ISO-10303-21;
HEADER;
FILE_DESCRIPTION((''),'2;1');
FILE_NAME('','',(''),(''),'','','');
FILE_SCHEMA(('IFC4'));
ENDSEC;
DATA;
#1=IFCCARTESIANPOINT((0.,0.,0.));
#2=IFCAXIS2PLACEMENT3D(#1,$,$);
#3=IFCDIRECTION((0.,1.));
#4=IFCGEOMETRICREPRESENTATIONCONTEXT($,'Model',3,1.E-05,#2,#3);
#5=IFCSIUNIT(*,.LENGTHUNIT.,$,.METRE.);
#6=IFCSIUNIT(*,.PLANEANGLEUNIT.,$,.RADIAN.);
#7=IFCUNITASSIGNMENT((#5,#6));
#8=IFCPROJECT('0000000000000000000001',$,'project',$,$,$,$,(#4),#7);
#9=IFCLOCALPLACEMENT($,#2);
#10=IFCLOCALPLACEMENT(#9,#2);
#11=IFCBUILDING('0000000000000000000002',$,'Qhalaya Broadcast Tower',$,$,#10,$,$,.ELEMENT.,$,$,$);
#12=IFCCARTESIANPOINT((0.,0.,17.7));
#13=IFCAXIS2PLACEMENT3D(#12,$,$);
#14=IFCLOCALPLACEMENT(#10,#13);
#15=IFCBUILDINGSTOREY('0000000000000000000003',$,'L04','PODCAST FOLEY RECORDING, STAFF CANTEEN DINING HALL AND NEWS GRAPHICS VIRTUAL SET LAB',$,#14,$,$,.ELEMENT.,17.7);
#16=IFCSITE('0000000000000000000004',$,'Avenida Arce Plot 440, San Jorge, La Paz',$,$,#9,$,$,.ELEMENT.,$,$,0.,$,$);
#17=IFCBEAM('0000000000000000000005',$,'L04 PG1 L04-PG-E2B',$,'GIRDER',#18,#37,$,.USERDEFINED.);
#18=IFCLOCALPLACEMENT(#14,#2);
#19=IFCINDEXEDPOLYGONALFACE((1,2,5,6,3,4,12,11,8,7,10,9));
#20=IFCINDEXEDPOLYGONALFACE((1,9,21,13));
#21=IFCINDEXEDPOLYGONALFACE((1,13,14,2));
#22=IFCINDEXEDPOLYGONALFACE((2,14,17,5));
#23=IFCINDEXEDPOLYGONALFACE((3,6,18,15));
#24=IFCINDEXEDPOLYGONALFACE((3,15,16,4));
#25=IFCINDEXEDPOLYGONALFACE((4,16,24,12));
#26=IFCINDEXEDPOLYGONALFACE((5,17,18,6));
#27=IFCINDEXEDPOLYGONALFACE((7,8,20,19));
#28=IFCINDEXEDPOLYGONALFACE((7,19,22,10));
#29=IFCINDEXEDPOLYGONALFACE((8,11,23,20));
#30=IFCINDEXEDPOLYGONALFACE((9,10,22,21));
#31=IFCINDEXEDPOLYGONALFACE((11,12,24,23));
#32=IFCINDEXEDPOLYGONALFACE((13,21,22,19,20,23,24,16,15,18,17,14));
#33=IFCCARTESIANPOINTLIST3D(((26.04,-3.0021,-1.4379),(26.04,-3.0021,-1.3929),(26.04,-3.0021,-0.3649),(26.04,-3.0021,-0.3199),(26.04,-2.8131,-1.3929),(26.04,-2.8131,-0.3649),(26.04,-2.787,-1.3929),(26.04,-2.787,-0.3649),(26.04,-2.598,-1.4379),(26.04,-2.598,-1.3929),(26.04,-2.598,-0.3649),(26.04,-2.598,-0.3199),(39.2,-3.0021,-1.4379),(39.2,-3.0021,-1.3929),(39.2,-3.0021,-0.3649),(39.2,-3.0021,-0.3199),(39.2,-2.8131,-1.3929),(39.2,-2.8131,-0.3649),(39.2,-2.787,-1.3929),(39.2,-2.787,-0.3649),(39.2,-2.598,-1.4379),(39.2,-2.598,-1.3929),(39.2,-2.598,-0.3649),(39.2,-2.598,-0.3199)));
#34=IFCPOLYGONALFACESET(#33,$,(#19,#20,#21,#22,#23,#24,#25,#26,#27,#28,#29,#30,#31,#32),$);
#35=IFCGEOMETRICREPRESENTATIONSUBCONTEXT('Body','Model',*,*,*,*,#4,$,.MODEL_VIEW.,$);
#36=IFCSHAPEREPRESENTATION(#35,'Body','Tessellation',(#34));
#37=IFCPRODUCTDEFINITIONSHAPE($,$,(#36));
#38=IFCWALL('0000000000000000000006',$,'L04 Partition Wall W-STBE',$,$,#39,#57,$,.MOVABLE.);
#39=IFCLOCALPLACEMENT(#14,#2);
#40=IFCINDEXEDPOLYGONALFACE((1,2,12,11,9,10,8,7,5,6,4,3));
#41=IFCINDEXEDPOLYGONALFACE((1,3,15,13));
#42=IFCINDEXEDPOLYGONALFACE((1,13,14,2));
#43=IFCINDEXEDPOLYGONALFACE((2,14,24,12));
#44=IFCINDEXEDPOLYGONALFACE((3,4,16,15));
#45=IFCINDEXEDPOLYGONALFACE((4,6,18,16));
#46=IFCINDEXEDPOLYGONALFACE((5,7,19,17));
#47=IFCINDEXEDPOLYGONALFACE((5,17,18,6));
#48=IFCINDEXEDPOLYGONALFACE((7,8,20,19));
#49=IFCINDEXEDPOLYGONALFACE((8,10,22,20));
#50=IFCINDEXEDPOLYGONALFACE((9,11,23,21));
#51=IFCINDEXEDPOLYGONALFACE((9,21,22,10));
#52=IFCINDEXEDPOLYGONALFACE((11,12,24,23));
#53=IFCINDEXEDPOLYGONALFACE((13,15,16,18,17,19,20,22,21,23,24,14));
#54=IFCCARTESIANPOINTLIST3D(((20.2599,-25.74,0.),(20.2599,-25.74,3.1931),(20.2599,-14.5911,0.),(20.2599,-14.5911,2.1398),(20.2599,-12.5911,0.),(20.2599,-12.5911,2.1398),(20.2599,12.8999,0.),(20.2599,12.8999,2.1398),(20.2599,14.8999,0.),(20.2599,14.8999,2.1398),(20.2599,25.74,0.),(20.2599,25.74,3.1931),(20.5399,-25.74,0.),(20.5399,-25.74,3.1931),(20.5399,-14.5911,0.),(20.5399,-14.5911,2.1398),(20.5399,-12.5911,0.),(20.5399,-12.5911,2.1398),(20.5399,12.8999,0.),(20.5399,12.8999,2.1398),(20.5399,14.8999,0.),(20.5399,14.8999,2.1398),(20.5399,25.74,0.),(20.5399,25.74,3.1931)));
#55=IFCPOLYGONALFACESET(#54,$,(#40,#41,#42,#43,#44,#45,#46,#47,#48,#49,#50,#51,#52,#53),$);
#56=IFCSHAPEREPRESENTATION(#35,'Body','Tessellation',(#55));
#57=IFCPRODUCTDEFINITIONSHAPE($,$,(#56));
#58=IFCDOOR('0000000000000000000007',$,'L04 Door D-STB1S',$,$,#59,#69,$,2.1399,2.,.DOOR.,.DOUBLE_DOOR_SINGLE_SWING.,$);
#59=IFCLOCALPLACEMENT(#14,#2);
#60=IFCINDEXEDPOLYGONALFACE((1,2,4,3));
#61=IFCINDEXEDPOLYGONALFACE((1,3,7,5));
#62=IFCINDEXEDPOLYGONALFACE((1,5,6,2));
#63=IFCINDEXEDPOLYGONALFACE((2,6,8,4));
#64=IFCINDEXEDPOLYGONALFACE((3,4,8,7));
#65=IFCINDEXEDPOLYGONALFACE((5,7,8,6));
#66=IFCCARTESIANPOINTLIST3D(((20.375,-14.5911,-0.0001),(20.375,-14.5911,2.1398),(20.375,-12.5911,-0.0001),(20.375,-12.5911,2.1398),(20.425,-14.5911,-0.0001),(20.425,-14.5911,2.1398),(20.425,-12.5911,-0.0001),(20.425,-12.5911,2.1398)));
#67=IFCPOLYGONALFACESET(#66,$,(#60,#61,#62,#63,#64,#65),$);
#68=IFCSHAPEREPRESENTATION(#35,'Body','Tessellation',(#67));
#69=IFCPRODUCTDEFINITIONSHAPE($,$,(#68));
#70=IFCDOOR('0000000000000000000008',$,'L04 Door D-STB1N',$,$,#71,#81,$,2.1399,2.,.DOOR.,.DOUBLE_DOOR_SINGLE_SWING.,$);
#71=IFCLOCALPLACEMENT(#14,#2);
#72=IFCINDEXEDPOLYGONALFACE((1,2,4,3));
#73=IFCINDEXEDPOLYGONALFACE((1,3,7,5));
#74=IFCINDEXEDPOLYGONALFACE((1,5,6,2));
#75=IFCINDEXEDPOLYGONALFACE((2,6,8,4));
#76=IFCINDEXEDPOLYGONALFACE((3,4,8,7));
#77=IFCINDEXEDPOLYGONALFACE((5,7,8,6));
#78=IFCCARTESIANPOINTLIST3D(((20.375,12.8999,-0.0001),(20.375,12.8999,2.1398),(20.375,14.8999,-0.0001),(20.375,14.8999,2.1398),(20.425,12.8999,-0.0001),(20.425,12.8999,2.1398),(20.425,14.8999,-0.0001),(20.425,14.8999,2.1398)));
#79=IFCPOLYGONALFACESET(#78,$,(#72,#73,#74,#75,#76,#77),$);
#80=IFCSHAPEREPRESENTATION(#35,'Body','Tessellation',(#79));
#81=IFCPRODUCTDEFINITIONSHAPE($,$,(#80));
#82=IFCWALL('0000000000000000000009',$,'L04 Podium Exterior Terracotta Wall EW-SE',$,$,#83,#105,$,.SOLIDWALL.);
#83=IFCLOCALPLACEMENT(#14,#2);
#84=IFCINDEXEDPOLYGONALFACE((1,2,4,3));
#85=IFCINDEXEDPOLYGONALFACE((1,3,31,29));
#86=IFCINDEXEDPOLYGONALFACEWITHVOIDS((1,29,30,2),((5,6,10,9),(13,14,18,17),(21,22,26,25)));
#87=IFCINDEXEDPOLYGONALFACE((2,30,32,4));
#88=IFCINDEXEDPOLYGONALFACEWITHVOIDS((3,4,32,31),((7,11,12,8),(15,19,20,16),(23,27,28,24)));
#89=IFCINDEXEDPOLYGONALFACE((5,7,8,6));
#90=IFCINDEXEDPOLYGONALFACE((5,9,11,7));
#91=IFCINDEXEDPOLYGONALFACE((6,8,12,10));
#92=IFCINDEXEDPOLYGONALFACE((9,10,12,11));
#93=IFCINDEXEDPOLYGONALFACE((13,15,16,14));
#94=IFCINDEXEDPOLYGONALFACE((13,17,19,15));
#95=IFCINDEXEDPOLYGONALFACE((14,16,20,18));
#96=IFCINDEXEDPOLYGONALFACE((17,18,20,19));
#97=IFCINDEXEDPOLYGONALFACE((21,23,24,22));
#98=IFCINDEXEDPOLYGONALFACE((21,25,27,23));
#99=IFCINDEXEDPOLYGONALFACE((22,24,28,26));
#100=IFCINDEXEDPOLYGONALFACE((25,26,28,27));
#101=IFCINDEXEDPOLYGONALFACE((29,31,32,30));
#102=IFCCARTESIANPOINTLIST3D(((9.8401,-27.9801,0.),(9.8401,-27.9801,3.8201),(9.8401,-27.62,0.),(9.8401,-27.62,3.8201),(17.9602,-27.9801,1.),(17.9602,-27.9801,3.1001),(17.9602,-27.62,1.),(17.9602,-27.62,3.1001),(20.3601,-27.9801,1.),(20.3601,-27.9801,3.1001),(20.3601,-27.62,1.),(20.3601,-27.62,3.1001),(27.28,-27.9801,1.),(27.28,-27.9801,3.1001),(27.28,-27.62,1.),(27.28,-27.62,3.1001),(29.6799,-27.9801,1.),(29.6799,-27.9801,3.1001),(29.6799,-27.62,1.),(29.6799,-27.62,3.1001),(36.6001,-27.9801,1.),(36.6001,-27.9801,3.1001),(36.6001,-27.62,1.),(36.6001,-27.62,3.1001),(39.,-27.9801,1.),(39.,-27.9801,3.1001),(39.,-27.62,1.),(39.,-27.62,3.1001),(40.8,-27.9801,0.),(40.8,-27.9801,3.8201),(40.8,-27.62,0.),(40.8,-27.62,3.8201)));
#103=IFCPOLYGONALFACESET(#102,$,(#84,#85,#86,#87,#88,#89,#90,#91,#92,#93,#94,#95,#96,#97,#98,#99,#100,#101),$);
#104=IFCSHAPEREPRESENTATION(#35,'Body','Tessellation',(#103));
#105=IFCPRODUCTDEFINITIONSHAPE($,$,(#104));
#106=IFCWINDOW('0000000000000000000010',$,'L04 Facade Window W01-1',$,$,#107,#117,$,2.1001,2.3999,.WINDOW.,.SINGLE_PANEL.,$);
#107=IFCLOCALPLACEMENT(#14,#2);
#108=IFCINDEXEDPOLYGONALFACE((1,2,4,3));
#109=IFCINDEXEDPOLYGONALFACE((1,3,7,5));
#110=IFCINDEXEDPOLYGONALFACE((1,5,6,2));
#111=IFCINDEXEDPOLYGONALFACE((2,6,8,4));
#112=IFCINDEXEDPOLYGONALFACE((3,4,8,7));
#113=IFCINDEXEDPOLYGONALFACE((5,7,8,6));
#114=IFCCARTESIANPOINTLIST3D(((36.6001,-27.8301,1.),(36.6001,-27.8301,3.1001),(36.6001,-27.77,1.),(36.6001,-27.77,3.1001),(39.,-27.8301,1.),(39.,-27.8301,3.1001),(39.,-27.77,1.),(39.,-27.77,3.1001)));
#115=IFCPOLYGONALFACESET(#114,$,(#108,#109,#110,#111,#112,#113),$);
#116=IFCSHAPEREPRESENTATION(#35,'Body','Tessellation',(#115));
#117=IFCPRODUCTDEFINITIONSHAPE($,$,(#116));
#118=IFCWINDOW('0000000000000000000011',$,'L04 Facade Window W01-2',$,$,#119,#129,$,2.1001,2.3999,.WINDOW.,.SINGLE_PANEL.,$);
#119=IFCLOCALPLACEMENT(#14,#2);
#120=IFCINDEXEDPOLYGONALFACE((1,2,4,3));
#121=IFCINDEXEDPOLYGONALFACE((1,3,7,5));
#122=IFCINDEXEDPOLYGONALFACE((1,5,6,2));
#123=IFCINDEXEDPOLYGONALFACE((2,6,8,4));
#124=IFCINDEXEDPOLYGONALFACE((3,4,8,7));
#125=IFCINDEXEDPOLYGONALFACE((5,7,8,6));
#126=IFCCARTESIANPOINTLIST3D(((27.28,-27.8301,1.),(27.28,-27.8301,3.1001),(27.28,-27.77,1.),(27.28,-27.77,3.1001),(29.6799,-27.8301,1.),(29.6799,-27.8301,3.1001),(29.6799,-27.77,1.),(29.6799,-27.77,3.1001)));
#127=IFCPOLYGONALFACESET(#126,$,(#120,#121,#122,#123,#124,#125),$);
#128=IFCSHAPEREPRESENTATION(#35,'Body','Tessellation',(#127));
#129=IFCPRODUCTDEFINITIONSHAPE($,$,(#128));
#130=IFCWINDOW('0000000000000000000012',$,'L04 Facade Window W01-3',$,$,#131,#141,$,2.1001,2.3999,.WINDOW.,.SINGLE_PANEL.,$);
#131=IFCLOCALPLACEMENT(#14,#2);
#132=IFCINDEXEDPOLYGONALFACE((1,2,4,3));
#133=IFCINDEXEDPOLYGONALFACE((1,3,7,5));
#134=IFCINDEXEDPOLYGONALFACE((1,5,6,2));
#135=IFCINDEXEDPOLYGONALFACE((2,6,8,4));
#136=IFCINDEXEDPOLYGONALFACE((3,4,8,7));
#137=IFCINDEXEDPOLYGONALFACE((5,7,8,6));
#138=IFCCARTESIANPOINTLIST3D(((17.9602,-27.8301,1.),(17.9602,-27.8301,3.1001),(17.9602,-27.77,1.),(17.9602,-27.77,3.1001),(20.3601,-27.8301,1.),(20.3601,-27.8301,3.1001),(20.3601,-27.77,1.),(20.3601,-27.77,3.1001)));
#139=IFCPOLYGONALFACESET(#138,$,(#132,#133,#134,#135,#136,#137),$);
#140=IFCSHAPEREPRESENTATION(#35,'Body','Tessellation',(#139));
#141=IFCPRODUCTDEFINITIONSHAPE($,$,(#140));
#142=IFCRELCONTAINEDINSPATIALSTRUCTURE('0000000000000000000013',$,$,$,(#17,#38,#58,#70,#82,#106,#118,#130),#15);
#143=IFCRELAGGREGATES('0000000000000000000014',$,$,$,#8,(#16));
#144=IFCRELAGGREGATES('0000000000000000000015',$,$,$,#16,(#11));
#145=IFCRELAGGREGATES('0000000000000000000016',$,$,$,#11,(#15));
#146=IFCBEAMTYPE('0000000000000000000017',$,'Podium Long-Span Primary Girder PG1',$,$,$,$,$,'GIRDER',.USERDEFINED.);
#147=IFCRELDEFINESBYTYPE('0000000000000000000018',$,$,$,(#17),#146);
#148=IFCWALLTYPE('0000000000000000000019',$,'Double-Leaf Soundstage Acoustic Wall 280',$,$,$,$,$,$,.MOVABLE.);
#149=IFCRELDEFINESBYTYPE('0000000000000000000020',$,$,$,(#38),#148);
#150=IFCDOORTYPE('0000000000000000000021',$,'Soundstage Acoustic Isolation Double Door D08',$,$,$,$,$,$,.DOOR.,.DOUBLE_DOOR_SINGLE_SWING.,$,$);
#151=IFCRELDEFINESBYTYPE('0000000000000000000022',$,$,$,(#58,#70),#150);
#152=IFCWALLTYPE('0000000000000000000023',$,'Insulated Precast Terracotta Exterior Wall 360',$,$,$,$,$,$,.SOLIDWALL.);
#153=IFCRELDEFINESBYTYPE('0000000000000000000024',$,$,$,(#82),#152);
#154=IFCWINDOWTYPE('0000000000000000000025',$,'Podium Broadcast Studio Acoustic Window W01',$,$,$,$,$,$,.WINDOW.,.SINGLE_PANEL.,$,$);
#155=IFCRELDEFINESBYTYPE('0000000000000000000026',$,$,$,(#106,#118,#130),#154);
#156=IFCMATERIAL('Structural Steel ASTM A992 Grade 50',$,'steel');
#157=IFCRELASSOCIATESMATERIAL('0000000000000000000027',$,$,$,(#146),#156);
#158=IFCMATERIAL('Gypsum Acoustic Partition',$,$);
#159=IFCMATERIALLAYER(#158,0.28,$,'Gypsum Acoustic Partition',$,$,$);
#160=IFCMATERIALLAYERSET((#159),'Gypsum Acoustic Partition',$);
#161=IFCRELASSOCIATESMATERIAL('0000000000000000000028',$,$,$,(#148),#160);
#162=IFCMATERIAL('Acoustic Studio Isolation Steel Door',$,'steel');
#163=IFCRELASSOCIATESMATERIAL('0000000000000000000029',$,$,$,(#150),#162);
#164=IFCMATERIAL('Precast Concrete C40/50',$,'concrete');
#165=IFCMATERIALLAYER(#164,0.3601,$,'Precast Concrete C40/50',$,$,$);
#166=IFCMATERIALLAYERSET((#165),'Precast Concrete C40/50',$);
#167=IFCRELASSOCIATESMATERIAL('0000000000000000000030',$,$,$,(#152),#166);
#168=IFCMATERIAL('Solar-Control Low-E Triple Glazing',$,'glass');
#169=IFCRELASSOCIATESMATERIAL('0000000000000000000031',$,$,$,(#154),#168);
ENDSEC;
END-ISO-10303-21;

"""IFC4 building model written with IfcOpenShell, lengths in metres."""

from ifc_helpers import new_model, si_unit, direction, frame, frame_2d, origin, origin_2d, place, context, subcontext, project, spatial, rectangle, i_section, extrude, material, layer, layer_set, material_profile, profile_set, type_object, element, fill, save


model = new_model("IFC4")

# Units and contexts
model_context = context("Model", 3, precision=1e-05, world=origin(), true_north=direction((0.0, 1.0)))
body_context = subcontext(model_context, "Body", "Model", "MODEL_VIEW")
ifc_project = project(units=[si_unit("LENGTHUNIT", "METRE"), si_unit("PLANEANGLEUNIT", "RADIAN")], contexts=[model_context])

# Site, building, storey
site_placement = place(None, origin())
site = spatial("IfcSite", under=ifc_project, at=site_placement, Name="Avenida Arce Plot 440, San Jorge, La Paz", CompositionType="ELEMENT", RefElevation=0.0)
building_placement = place(site_placement, origin())
building = spatial("IfcBuilding", under=site, at=building_placement, Name="Qhalaya Broadcast Tower", CompositionType="ELEMENT")
storey_placement = place(building_placement, frame((0.0, 0.0, 17.7)))
storey = spatial("IfcBuildingStorey", under=building, at=storey_placement, Name="L04", Description="PODCAST FOLEY RECORDING, STAFF CANTEEN DINING HALL AND NEWS GRAPHICS VIRTUAL SET LAB", CompositionType="ELEMENT", Elevation=17.7)

# Beam
ifc_material_1 = material(Name="Structural Steel ASTM A992 Grade 50", Category="steel")
ifc_material_profile_1 = material_profile(ifc_material_1, i_section(OverallWidth=0.4041, OverallDepth=1.1179, WebThickness=0.0261, FlangeThickness=0.0449, at=origin_2d()), Name="W44X335")
ifc_profile_set_1 = profile_set([ifc_material_profile_1], Name="Structural Steel ASTM A992 Grade 50")
beam_type_1 = type_object("IfcBeamType", Name="Podium Long-Span Primary Girder PG1", ElementType="GIRDER", PredefinedType="USERDEFINED", material=ifc_profile_set_1)
for number, where, z_axis, x_axis, name in (
    (1, (26.04, -2.8, -0.8789), (1.0, 0.0, 0.0), (0.0, 1.0, 0.0), "L04 PG1 L04-PG-E2B"),
):
    element("IfcBeam", number, at=place(storey_placement, frame(where, z_axis=z_axis, x_axis=x_axis)), inside=storey, type_object=beam_type_1, Name=name, ObjectType="GIRDER", PredefinedType="USERDEFINED", context=body_context, shape_type="SweptSolid", body=[
        extrude(i_section(OverallWidth=0.4041, OverallDepth=1.1179, WebThickness=0.0261, FlangeThickness=0.0449, at=origin_2d()), origin(), (0.0, 0.0, 1.0), 13.1599),
    ])

# Wall, openings, doors
ifc_material_2 = material(Name="Gypsum Acoustic Partition")
ifc_layer_1 = layer(ifc_material_2, 0.28, Name="Gypsum Acoustic Partition")
ifc_layer_set_1 = layer_set([ifc_layer_1], Name="Gypsum Acoustic Partition")
wall_type_1 = type_object("IfcWallType", Name="Double-Leaf Soundstage Acoustic Wall 280", PredefinedType="MOVABLE", material=ifc_layer_set_1)
wall_1_placement = place(storey_placement, frame((20.3999, -25.74, 0.0), z_axis=(0.0, 0.0, 1.0), x_axis=(0.0, 1.0, 0.0)))
wall_1 = element("IfcWall", 2, at=wall_1_placement, inside=storey, type_object=wall_type_1, Name="L04 Partition Wall W-STBE", PredefinedType="MOVABLE", context=body_context, shape_type="SweptSolid", body=[
    extrude(rectangle(XDim=51.48, YDim=0.28, at=frame_2d((25.74, 0.0))), origin(), (0.0, 0.0, 1.0), 3.1931),
])
opening_1_placement = place(wall_1_placement, frame((11.1489, 0.0, 0.0)))
opening_1 = element("IfcOpeningElement", 3, at=opening_1_placement, cuts=wall_1, PredefinedType="OPENING", context=body_context, shape_type="SweptSolid", body=[
    extrude(rectangle(XDim=2.0, YDim=2.1399, at=frame_2d((1.0, 1.0698))), frame((0.0, 0.1521, 0.0), z_axis=(0.0, -1.0, 0.0), x_axis=(1.0, 0.0, 0.0)), (0.0, 0.0, 1.0), 0.304),
])
opening_2_placement = place(wall_1_placement, frame((38.6399, 0.0, 0.0)))
opening_2 = element("IfcOpeningElement", 4, at=opening_2_placement, cuts=wall_1, PredefinedType="OPENING", context=body_context, shape_type="SweptSolid", body=[
    extrude(rectangle(XDim=2.0, YDim=2.1399, at=frame_2d((1.0, 1.0698))), frame((0.0, 0.1521, 0.0), z_axis=(0.0, -1.0, 0.0), x_axis=(1.0, 0.0, 0.0)), (0.0, 0.0, 1.0), 0.304),
])
ifc_material_3 = material(Name="Acoustic Studio Isolation Steel Door", Category="steel")
door_type = type_object("IfcDoorType", Name="Soundstage Acoustic Isolation Double Door D08", OperationType="DOUBLE_DOOR_SINGLE_SWING", PredefinedType="DOOR", material=ifc_material_3)
door_1_placement = place(opening_1_placement, origin())
door_1 = element("IfcDoor", 5, at=door_1_placement, inside=storey, type_object=door_type, Name="L04 Door D-STB1S", OperationType="DOUBLE_DOOR_SINGLE_SWING", OverallHeight=2.1399, OverallWidth=2.0, PredefinedType="DOOR", context=body_context, shape_type="SweptSolid", body=[
    extrude(rectangle(XDim=2.0, YDim=2.1399, at=frame_2d((1.0, 1.0698))), frame((0.0, 0.0249, 0.0), z_axis=(0.0, -1.0, 0.0), x_axis=(1.0, 0.0, 0.0)), (0.0, 0.0, 1.0), 0.05),
])
fill(opening_1, door_1)
door_2_placement = place(opening_2_placement, origin())
door_2 = element("IfcDoor", 6, at=door_2_placement, inside=storey, type_object=door_type, Name="L04 Door D-STB1N", OperationType="DOUBLE_DOOR_SINGLE_SWING", OverallHeight=2.1399, OverallWidth=2.0, PredefinedType="DOOR", context=body_context, shape_type="SweptSolid", body=[
    extrude(rectangle(XDim=2.0, YDim=2.1399, at=frame_2d((1.0, 1.0698))), frame((0.0, 0.0249, 0.0), z_axis=(0.0, -1.0, 0.0), x_axis=(1.0, 0.0, 0.0)), (0.0, 0.0, 1.0), 0.05),
])
fill(opening_2, door_2)

# Wall, openings, windows
ifc_material_4 = material(Name="Precast Concrete C40/50", Category="concrete")
ifc_layer_2 = layer(ifc_material_4, 0.3601, Name="Precast Concrete C40/50")
ifc_layer_set_2 = layer_set([ifc_layer_2], Name="Precast Concrete C40/50")
wall_type_2 = type_object("IfcWallType", Name="Insulated Precast Terracotta Exterior Wall 360", PredefinedType="SOLIDWALL", material=ifc_layer_set_2)
wall_2_placement = place(storey_placement, frame((40.8, -27.8, 0.0), z_axis=(0.0, 0.0, 1.0), x_axis=(-1.0, 0.0, 0.0)))
wall_2 = element("IfcWall", 7, at=wall_2_placement, inside=storey, type_object=wall_type_2, Name="L04 Podium Exterior Terracotta Wall EW-SE", PredefinedType="SOLIDWALL", context=body_context, shape_type="SweptSolid", body=[
    extrude(rectangle(XDim=30.96, YDim=0.3601, at=frame_2d((15.48, 0.0))), origin(), (0.0, 0.0, 1.0), 3.8201),
])
opening_3_placement = place(wall_2_placement, frame((1.8, 0.0, 1.0)))
opening_3 = element("IfcOpeningElement", 8, at=opening_3_placement, cuts=wall_2, PredefinedType="OPENING", context=body_context, shape_type="SweptSolid", body=[
    extrude(rectangle(XDim=2.3999, YDim=2.1001, at=frame_2d((1.2, 1.05))), frame((0.0, 0.1921, 0.0), z_axis=(0.0, -1.0, 0.0), x_axis=(1.0, 0.0, 0.0)), (0.0, 0.0, 1.0), 0.384),
])
opening_4_placement = place(wall_2_placement, frame((11.1201, 0.0, 1.0)))
opening_4 = element("IfcOpeningElement", 9, at=opening_4_placement, cuts=wall_2, PredefinedType="OPENING", context=body_context, shape_type="SweptSolid", body=[
    extrude(rectangle(XDim=2.3999, YDim=2.1001, at=frame_2d((1.2, 1.05))), frame((0.0, 0.1921, 0.0), z_axis=(0.0, -1.0, 0.0), x_axis=(1.0, 0.0, 0.0)), (0.0, 0.0, 1.0), 0.384),
])
opening_5_placement = place(wall_2_placement, frame((20.4399, 0.0, 1.0)))
opening_5 = element("IfcOpeningElement", 10, at=opening_5_placement, cuts=wall_2, PredefinedType="OPENING", context=body_context, shape_type="SweptSolid", body=[
    extrude(rectangle(XDim=2.3999, YDim=2.1001, at=frame_2d((1.2, 1.05))), frame((0.0, 0.1921, 0.0), z_axis=(0.0, -1.0, 0.0), x_axis=(1.0, 0.0, 0.0)), (0.0, 0.0, 1.0), 0.384),
])
ifc_material_5 = material(Name="Solar-Control Low-E Triple Glazing", Category="glass")
window_type_1 = type_object("IfcWindowType", Name="Podium Broadcast Studio Acoustic Window W01", PartitioningType="SINGLE_PANEL", PredefinedType="WINDOW", material=ifc_material_5)
window_1_placement = place(opening_3_placement, origin())
window_1 = element("IfcWindow", 11, at=window_1_placement, inside=storey, type_object=window_type_1, Name="L04 Facade Window W01-1", OverallHeight=2.1001, OverallWidth=2.3999, PartitioningType="SINGLE_PANEL", PredefinedType="WINDOW", context=body_context, shape_type="SweptSolid", body=[
    extrude(rectangle(XDim=2.3999, YDim=2.1001, at=frame_2d((1.2, 1.05))), frame((0.0, 0.03, 0.0), z_axis=(0.0, -1.0, 0.0), x_axis=(1.0, 0.0, 0.0)), (0.0, 0.0, 1.0), 0.0601),
])
fill(opening_3, window_1)
window_2_placement = place(opening_4_placement, origin())
window_2 = element("IfcWindow", 12, at=window_2_placement, inside=storey, type_object=window_type_1, Name="L04 Facade Window W01-2", OverallHeight=2.1001, OverallWidth=2.3999, PartitioningType="SINGLE_PANEL", PredefinedType="WINDOW", context=body_context, shape_type="SweptSolid", body=[
    extrude(rectangle(XDim=2.3999, YDim=2.1001, at=frame_2d((1.2, 1.05))), frame((0.0, 0.03, 0.0), z_axis=(0.0, -1.0, 0.0), x_axis=(1.0, 0.0, 0.0)), (0.0, 0.0, 1.0), 0.0601),
])
fill(opening_4, window_2)
window_3_placement = place(opening_5_placement, origin())
window_3 = element("IfcWindow", 13, at=window_3_placement, inside=storey, type_object=window_type_1, Name="L04 Facade Window W01-3", OverallHeight=2.1001, OverallWidth=2.3999, PartitioningType="SINGLE_PANEL", PredefinedType="WINDOW", context=body_context, shape_type="SweptSolid", body=[
    extrude(rectangle(XDim=2.3999, YDim=2.1001, at=frame_2d((1.2, 1.05))), frame((0.0, 0.03, 0.0), z_axis=(0.0, -1.0, 0.0), x_axis=(1.0, 0.0, 0.0)), (0.0, 0.0, 1.0), 0.0601),
])
fill(opening_5, window_3)

save(model, "model.ifc")
